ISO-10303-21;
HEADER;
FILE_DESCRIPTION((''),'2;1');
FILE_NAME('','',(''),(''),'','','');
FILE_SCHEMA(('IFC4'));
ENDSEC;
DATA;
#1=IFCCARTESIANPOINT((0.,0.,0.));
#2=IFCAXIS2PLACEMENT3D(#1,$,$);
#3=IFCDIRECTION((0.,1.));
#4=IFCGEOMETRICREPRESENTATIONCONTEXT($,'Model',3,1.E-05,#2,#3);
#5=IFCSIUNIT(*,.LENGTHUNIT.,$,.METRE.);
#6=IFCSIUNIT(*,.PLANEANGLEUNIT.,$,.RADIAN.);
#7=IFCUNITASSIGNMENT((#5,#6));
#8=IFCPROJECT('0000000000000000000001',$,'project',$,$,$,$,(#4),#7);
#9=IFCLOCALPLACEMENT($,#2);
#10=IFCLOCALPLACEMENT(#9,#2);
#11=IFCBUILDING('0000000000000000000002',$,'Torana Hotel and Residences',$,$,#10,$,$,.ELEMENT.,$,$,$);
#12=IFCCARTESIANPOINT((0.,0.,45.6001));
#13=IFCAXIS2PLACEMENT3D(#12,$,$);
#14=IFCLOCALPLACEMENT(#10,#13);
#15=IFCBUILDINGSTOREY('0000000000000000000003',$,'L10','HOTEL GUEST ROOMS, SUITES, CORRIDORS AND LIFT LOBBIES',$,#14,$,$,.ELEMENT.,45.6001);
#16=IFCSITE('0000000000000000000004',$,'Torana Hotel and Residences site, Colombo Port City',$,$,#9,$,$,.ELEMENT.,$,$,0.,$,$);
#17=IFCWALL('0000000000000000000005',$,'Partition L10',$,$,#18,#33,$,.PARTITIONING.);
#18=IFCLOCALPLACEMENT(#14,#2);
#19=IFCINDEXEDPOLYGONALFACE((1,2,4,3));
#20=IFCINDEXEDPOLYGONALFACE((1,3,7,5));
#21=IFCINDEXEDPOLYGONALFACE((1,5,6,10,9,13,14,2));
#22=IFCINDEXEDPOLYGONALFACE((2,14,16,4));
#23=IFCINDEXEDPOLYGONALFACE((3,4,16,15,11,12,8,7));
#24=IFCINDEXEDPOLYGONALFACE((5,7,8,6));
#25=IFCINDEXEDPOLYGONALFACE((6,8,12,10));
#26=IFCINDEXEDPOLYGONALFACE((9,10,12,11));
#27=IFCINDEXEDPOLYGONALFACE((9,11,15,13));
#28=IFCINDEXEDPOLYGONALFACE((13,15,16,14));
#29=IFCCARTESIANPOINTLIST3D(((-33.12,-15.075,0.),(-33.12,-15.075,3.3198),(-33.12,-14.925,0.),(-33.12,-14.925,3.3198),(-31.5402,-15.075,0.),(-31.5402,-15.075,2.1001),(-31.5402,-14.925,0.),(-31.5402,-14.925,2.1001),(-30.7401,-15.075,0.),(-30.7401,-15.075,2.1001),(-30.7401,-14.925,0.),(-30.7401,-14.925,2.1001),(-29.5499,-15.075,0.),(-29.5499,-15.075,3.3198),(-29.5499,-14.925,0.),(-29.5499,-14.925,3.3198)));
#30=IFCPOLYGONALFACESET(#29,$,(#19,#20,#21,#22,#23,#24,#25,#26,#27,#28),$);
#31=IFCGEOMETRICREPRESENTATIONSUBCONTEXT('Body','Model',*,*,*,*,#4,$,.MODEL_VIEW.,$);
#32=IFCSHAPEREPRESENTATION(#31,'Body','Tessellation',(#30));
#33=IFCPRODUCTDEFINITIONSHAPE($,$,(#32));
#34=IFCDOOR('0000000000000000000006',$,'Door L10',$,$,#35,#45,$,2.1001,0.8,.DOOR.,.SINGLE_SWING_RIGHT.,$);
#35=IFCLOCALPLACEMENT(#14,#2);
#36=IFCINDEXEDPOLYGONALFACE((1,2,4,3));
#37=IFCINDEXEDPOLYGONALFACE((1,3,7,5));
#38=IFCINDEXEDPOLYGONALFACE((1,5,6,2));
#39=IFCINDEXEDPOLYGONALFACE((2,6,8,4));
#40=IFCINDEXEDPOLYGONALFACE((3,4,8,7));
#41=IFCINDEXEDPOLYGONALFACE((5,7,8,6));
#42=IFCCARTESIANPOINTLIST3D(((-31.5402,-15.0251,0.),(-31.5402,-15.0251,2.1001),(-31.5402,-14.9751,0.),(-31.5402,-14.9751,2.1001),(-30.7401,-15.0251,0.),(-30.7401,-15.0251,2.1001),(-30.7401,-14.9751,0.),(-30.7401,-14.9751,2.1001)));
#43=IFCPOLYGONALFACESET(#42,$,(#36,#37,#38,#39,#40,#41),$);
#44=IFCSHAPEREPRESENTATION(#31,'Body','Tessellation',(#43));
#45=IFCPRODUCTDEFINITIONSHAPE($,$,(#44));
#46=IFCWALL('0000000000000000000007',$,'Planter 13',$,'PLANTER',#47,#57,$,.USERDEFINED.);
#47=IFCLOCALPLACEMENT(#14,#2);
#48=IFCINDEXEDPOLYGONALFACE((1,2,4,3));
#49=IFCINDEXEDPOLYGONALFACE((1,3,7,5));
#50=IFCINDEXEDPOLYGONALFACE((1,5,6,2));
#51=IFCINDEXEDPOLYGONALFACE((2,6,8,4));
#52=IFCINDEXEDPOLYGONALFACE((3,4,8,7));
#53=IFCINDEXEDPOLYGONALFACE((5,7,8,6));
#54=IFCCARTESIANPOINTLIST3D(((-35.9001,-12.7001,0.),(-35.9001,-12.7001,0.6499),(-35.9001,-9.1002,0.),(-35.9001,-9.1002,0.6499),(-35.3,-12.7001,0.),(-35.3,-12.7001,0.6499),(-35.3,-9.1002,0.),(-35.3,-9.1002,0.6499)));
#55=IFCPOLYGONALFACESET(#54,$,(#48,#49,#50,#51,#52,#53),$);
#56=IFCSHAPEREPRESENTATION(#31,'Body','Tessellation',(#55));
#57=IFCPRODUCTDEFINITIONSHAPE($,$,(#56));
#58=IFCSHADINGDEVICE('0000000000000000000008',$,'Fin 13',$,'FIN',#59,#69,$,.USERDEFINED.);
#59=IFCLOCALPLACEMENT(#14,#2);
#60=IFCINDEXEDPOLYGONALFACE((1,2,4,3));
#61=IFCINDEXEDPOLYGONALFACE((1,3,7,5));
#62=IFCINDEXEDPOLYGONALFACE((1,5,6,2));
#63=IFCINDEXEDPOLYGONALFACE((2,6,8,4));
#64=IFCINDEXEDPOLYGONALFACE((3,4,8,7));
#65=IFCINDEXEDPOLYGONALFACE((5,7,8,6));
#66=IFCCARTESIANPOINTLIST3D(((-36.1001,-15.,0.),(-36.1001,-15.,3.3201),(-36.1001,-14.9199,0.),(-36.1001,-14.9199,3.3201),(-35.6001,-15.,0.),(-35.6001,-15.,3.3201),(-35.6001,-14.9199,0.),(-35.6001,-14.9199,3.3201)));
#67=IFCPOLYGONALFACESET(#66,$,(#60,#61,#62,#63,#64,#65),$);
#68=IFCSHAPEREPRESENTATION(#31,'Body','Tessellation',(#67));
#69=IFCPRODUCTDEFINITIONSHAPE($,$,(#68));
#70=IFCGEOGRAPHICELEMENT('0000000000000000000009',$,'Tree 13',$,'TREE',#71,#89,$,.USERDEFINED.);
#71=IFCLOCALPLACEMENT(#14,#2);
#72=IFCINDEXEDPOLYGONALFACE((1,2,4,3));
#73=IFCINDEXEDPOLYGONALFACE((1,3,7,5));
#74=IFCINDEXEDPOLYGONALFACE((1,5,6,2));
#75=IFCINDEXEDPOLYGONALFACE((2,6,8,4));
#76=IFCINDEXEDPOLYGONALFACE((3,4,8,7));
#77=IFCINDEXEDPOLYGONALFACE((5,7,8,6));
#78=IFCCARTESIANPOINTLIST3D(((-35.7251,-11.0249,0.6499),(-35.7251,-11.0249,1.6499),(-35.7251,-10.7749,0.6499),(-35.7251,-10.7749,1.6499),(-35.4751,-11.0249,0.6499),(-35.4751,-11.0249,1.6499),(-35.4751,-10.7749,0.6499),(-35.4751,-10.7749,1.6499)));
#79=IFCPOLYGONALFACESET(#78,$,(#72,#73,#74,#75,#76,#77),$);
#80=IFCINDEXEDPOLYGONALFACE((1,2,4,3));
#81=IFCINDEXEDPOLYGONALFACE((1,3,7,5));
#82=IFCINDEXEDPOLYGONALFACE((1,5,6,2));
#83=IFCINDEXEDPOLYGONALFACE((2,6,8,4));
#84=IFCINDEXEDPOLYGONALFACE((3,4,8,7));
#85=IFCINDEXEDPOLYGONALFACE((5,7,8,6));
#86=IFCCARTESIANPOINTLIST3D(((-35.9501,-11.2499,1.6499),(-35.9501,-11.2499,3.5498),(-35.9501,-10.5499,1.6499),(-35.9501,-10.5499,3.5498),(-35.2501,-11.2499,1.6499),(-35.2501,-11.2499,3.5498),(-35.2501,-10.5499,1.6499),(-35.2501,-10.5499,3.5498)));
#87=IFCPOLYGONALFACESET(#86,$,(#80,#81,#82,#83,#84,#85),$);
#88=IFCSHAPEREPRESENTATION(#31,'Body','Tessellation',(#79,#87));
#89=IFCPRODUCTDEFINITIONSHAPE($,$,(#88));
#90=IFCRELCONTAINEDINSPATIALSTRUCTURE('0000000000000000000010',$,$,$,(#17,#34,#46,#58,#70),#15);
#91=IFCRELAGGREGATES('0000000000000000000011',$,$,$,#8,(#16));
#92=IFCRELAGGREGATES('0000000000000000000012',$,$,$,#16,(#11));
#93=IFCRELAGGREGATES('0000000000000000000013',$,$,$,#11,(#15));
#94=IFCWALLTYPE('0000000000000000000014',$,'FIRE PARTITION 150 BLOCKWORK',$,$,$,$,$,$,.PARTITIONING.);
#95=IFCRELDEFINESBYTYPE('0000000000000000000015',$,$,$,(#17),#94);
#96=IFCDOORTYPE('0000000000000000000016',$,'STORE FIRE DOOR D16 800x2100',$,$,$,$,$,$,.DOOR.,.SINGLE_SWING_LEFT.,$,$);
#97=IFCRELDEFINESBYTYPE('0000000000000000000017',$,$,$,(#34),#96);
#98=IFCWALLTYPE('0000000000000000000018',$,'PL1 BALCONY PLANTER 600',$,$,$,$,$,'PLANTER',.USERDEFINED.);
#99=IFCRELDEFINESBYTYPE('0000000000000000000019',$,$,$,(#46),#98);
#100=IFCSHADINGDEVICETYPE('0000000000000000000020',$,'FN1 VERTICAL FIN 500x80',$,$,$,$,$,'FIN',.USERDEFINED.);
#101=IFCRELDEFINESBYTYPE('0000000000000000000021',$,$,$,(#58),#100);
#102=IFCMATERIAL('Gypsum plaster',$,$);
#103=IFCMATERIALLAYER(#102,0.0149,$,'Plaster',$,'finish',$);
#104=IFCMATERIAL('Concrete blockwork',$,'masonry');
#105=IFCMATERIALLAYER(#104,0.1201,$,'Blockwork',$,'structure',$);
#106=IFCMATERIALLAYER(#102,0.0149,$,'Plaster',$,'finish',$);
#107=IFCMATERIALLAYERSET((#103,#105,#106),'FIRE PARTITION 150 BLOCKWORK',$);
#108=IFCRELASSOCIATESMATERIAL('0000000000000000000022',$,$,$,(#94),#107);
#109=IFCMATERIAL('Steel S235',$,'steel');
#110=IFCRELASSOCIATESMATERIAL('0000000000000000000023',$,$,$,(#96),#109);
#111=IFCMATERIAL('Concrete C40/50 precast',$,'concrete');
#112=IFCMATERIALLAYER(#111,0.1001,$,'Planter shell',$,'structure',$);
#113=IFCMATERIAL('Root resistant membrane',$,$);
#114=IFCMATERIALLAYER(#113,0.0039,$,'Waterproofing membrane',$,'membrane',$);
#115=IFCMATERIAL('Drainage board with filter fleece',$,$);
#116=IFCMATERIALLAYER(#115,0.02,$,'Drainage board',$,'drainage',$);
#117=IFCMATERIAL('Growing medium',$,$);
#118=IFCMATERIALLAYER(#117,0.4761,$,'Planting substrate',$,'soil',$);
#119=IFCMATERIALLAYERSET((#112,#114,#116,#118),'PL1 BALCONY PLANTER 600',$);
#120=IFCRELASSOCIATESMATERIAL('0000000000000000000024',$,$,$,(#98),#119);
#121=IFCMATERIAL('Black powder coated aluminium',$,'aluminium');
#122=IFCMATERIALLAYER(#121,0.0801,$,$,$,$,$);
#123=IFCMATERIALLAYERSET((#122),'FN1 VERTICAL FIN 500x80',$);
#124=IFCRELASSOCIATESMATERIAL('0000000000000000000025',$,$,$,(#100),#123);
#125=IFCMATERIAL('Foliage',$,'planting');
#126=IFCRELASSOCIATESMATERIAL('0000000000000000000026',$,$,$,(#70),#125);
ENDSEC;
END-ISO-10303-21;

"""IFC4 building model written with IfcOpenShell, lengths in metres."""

from ifc_helpers import new_model, si_unit, direction, frame, frame_2d, origin, origin_2d, place, context, subcontext, project, spatial, rectangle, extrude, material, layer, layer_set, type_object, element, fill, save


model = new_model("IFC4")

# Units and contexts
model_context = context("Model", 3, precision=1e-05, world=origin(), true_north=direction((0.0, 1.0)))
body_context = subcontext(model_context, "Body", "Model", "MODEL_VIEW")
ifc_project = project(units=[si_unit("LENGTHUNIT", "METRE"), si_unit("PLANEANGLEUNIT", "RADIAN")], contexts=[model_context])

# Site, building, storey
site_placement = place(None, origin())
site = spatial("IfcSite", under=ifc_project, at=site_placement, Name="Torana Hotel and Residences site, Colombo Port City", CompositionType="ELEMENT", RefElevation=0.0)
building_placement = place(site_placement, origin())
building = spatial("IfcBuilding", under=site, at=building_placement, Name="Torana Hotel and Residences", CompositionType="ELEMENT")
storey_placement = place(building_placement, frame((0.0, 0.0, 45.6001)))
storey = spatial("IfcBuildingStorey", under=building, at=storey_placement, Name="L10", Description="HOTEL GUEST ROOMS, SUITES, CORRIDORS AND LIFT LOBBIES", CompositionType="ELEMENT", Elevation=45.6001)

# Wall, opening, door
ifc_material_1 = material(Name="Gypsum plaster")
ifc_layer_1 = layer(ifc_material_1, 0.0149, Name="Plaster", Category="finish")
ifc_material_2 = material(Name="Concrete blockwork", Category="masonry")
ifc_layer_2 = layer(ifc_material_2, 0.1201, Name="Blockwork", Category="structure")
ifc_layer_3 = layer(ifc_material_1, 0.0149, Name="Plaster", Category="finish")
ifc_layer_set_1 = layer_set([ifc_layer_1, ifc_layer_2, ifc_layer_3], Name="FIRE PARTITION 150 BLOCKWORK")
wall_type_1 = type_object("IfcWallType", Name="FIRE PARTITION 150 BLOCKWORK", PredefinedType="PARTITIONING", material=ifc_layer_set_1)
wall_1_placement = place(storey_placement, frame((-33.1201, -15.0, 0.0), z_axis=(0.0, 0.0, 1.0), x_axis=(1.0, 0.0, 0.0)))
wall_1 = element("IfcWall", 1, at=wall_1_placement, inside=storey, type_object=wall_type_1, Name="Partition L10", PredefinedType="PARTITIONING", context=body_context, shape_type="SweptSolid", body=[
    extrude(rectangle(XDim=3.5701, YDim=0.1499, at=frame_2d((1.7852, 0.0))), origin(), (0.0, 0.0, 1.0), 3.3198),
])
opening_1_placement = place(wall_1_placement, frame((1.5801, 0.0, 0.0)))
opening_1 = element("IfcOpeningElement", 2, at=opening_1_placement, cuts=wall_1, PredefinedType="OPENING", context=body_context, shape_type="SweptSolid", body=[
    extrude(rectangle(XDim=0.8, YDim=2.1001, at=frame_2d((0.3999, 1.05))), frame((0.0, 0.085, 0.0), z_axis=(0.0, -1.0, 0.0), x_axis=(1.0, 0.0, 0.0)), (0.0, 0.0, 1.0), 0.1699),
])
ifc_material_3 = material(Name="Steel S235", Category="steel")
door_type_1 = type_object("IfcDoorType", Name="STORE FIRE DOOR D16 800x2100", OperationType="SINGLE_SWING_LEFT", PredefinedType="DOOR", material=ifc_material_3)
door_1_placement = place(opening_1_placement, origin())
door_1 = element("IfcDoor", 3, at=door_1_placement, inside=storey, type_object=door_type_1, Name="Door L10", OperationType="SINGLE_SWING_RIGHT", OverallHeight=2.1001, OverallWidth=0.8, PredefinedType="DOOR", context=body_context, shape_type="SweptSolid", body=[
    extrude(rectangle(XDim=0.8, YDim=2.1001, at=frame_2d((0.3999, 1.05))), frame((0.0, 0.0249, 0.0), z_axis=(0.0, -1.0, 0.0), x_axis=(1.0, 0.0, 0.0)), (0.0, 0.0, 1.0), 0.05),
])
fill(opening_1, door_1)

# Wall
ifc_material_4 = material(Name="Concrete C40/50 precast", Category="concrete")
ifc_layer_4 = layer(ifc_material_4, 0.1001, Name="Planter shell", Category="structure")
ifc_material_5 = material(Name="Root resistant membrane")
ifc_layer_5 = layer(ifc_material_5, 0.0039, Name="Waterproofing membrane", Category="membrane")
ifc_material_6 = material(Name="Drainage board with filter fleece")
ifc_layer_6 = layer(ifc_material_6, 0.02, Name="Drainage board", Category="drainage")
ifc_material_7 = material(Name="Growing medium")
ifc_layer_7 = layer(ifc_material_7, 0.4761, Name="Planting substrate", Category="soil")
ifc_layer_set_2 = layer_set([ifc_layer_4, ifc_layer_5, ifc_layer_6, ifc_layer_7], Name="PL1 BALCONY PLANTER 600")
wall_type_2 = type_object("IfcWallType", Name="PL1 BALCONY PLANTER 600", ElementType="PLANTER", PredefinedType="USERDEFINED", material=ifc_layer_set_2)
wall_2_placement = place(storey_placement, frame((-35.6001, -12.7, 0.0), z_axis=(0.0, 0.0, 1.0), x_axis=(0.0, 1.0, 0.0)))
element("IfcWall", 4, at=wall_2_placement, inside=storey, type_object=wall_type_2, Name="Planter 13", ObjectType="PLANTER", PredefinedType="USERDEFINED", context=body_context, shape_type="SweptSolid", body=[
    extrude(rectangle(XDim=3.5999, YDim=0.6001, at=frame_2d((1.7998, 0.0))), origin(), (0.0, 0.0, 1.0), 0.6499),
])

# Shading device
ifc_material_8 = material(Name="Black powder coated aluminium", Category="aluminium")
ifc_layer_8 = layer(ifc_material_8, 0.0801)
ifc_layer_set_3 = layer_set([ifc_layer_8], Name="FN1 VERTICAL FIN 500x80")
shading_device_type = type_object("IfcShadingDeviceType", Name="FN1 VERTICAL FIN 500x80", ElementType="FIN", PredefinedType="USERDEFINED", material=ifc_layer_set_3)
shading_device_placement = place(storey_placement, frame((-35.8501, -14.96, 0.0), z_axis=(0.0, 0.0, 1.0), x_axis=(0.0, 1.0, 0.0)))
element("IfcShadingDevice", 5, at=shading_device_placement, inside=storey, type_object=shading_device_type, Name="Fin 13", ObjectType="FIN", PredefinedType="USERDEFINED", context=body_context, shape_type="SweptSolid", body=[
    extrude(rectangle(XDim=0.0801, YDim=0.5, at=origin_2d()), origin(), (0.0, 0.0, 1.0), 3.3201),
])

# Geographic element
ifc_material_9 = material(Name="Foliage", Category="planting")
geographic_element_placement = place(storey_placement, frame((-35.6001, -10.8999, 0.6499), z_axis=(0.0, 0.0, 1.0), x_axis=(1.0, 0.0, 0.0)))
element("IfcGeographicElement", 6, at=geographic_element_placement, inside=storey, material=ifc_material_9, Name="Tree 13", ObjectType="TREE", PredefinedType="USERDEFINED", context=body_context, shape_type="SweptSolid", body=[
    extrude(rectangle(XDim=0.25, YDim=0.25, at=origin_2d()), origin(), (0.0, 0.0, 1.0), 1.0),
    extrude(rectangle(XDim=0.7, YDim=0.7, at=origin_2d()), frame((0.0, 0.0, 1.0)), (0.0, 0.0, 1.0), 1.8999),
])

save(model, "model.ifc")
